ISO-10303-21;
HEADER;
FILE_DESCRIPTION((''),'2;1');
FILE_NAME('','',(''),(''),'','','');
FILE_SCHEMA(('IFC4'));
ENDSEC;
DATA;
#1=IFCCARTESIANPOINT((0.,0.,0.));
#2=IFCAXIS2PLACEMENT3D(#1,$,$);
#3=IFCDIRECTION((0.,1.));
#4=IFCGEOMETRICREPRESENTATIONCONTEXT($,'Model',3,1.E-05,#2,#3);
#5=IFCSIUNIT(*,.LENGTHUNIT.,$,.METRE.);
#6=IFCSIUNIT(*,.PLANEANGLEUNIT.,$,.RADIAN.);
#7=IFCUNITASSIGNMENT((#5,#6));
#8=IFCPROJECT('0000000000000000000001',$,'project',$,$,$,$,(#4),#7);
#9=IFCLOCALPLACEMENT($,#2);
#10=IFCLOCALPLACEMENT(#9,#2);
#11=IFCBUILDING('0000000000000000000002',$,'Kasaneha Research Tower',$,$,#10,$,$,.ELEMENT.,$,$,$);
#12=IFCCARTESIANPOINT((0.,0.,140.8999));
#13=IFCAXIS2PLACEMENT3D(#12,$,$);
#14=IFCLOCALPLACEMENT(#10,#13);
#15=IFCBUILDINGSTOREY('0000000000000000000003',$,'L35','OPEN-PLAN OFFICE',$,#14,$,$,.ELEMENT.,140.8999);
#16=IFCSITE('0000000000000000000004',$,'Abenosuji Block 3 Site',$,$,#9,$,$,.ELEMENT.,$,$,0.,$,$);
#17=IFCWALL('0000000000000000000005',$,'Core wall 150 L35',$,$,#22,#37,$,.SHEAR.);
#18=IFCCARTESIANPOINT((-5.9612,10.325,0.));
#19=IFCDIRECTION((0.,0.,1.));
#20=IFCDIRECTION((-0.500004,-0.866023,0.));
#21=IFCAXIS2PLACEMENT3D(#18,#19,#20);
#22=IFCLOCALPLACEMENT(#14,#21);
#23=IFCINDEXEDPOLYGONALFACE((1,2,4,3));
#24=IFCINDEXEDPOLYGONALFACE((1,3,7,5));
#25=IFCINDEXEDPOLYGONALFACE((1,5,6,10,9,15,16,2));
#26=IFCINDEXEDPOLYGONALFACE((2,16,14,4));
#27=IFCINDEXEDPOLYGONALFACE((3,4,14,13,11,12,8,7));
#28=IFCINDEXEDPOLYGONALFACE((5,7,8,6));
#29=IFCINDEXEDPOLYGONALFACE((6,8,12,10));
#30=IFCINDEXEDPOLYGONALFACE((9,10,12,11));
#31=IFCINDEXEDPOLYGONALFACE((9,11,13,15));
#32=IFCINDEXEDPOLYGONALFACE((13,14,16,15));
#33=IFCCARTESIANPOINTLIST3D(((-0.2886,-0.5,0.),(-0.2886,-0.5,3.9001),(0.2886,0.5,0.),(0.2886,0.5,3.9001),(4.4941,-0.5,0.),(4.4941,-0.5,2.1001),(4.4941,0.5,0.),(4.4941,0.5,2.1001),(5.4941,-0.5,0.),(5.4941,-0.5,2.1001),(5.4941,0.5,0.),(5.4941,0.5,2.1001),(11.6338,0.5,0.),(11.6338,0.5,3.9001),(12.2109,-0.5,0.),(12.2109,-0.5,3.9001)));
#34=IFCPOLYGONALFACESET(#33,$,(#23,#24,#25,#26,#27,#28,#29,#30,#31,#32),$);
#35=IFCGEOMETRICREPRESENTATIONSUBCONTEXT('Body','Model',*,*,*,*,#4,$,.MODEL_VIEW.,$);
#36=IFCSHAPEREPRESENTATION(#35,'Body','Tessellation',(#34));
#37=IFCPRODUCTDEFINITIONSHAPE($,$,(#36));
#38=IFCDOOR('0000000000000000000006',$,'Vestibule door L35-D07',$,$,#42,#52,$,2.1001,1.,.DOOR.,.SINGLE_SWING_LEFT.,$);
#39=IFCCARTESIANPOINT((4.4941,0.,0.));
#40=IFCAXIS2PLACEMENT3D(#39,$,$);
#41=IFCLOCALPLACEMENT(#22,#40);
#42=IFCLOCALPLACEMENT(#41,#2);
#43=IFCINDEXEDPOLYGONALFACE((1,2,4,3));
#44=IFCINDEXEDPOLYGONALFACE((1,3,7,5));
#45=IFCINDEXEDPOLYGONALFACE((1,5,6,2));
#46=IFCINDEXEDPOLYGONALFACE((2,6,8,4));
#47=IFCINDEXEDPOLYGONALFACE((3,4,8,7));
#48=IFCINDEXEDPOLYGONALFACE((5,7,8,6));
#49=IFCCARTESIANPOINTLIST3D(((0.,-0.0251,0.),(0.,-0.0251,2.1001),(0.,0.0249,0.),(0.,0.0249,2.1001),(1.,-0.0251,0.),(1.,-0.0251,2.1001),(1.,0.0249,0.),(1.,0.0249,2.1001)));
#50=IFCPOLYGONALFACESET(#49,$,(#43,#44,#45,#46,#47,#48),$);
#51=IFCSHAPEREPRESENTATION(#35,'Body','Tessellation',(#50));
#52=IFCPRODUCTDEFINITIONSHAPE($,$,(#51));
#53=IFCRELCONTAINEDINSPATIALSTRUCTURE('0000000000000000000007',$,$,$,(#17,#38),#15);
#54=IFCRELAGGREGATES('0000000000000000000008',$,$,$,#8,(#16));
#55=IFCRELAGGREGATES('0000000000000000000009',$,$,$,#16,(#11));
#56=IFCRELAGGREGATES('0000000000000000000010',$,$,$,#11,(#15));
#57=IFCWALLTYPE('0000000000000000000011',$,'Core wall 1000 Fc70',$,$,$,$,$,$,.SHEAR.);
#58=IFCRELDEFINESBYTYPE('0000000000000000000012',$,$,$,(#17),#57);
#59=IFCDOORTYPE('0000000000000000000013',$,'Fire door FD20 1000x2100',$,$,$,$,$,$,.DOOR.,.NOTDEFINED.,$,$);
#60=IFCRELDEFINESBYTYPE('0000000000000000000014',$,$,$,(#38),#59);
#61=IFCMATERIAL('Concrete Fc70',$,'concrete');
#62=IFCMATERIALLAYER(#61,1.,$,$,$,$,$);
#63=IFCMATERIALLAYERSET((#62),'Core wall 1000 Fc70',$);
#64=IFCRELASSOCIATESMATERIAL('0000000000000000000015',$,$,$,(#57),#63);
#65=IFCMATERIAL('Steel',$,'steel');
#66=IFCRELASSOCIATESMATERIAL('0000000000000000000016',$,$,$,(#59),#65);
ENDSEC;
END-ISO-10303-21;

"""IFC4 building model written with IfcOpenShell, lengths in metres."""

from ifc_helpers import new_model, si_unit, direction, frame, frame_2d, origin, place, context, subcontext, project, spatial, polyline, rectangle, outline, extrude, material, layer, layer_set, type_object, element, fill, save


model = new_model("IFC4")

# Units and contexts
model_context = context("Model", 3, precision=1e-05, world=origin(), true_north=direction((0.0, 1.0)))
body_context = subcontext(model_context, "Body", "Model", "MODEL_VIEW")
ifc_project = project(units=[si_unit("LENGTHUNIT", "METRE"), si_unit("PLANEANGLEUNIT", "RADIAN")], contexts=[model_context])

# Site, building, storey
site_placement = place(None, origin())
site = spatial("IfcSite", under=ifc_project, at=site_placement, Name="Abenosuji Block 3 Site", CompositionType="ELEMENT", RefElevation=0.0)
building_placement = place(site_placement, origin())
building = spatial("IfcBuilding", under=site, at=building_placement, Name="Kasaneha Research Tower", CompositionType="ELEMENT")
storey_placement = place(building_placement, frame((0.0, 0.0, 140.8999)))
storey = spatial("IfcBuildingStorey", under=building, at=storey_placement, Name="L35", Description="OPEN-PLAN OFFICE", CompositionType="ELEMENT", Elevation=140.8999)

# Wall, opening, door
ifc_material_1 = material(Name="Concrete Fc70", Category="concrete")
ifc_layer_1 = layer(ifc_material_1, 1.0)
ifc_layer_set_1 = layer_set([ifc_layer_1], Name="Core wall 1000 Fc70")
wall_type_1 = type_object("IfcWallType", Name="Core wall 1000 Fc70", PredefinedType="SHEAR", material=ifc_layer_set_1)
wall_1_placement = place(storey_placement, frame((-5.9612, 10.325, 0.0), z_axis=(0.0, 0.0, 1.0), x_axis=(-0.500004, -0.866023, 0.0)))
wall_1 = element("IfcWall", 1, at=wall_1_placement, inside=storey, type_object=wall_type_1, Name="Core wall 150 L35", PredefinedType="SHEAR", context=body_context, shape_type="SweptSolid", body=[
    extrude(outline(polyline([(-0.2886, -0.5), (4.4941, -0.5), (5.4941, -0.5), (12.2109, -0.5), (11.6338, 0.5), (5.4941, 0.5), (4.4941, 0.5), (0.2886, 0.5), (-0.2886, -0.5)])), origin(), (0.0, 0.0, 1.0), 3.9001),
])
opening_1_placement = place(wall_1_placement, frame((4.4941, 0.0, 0.0)))
opening_1 = element("IfcOpeningElement", 2, at=opening_1_placement, cuts=wall_1, PredefinedType="OPENING", context=body_context, shape_type="SweptSolid", body=[
    extrude(rectangle(XDim=1.0, YDim=2.1001, at=frame_2d((0.5, 1.05))), frame((0.0, 0.51, 0.0), z_axis=(0.0, -1.0, 0.0), x_axis=(1.0, 0.0, 0.0)), (0.0, 0.0, 1.0), 1.02),
])
ifc_material_2 = material(Name="Steel", Category="steel")
door_type_1 = type_object("IfcDoorType", Name="Fire door FD20 1000x2100", OperationType="NOTDEFINED", PredefinedType="DOOR", material=ifc_material_2)
door_1_placement = place(opening_1_placement, origin())
door_1 = element("IfcDoor", 3, at=door_1_placement, inside=storey, type_object=door_type_1, Name="Vestibule door L35-D07", OperationType="SINGLE_SWING_LEFT", OverallHeight=2.1001, OverallWidth=1.0, PredefinedType="DOOR", context=body_context, shape_type="SweptSolid", body=[
    extrude(rectangle(XDim=1.0, YDim=2.1001, at=frame_2d((0.5, 1.05))), frame((0.0, 0.0249, 0.0), z_axis=(0.0, -1.0, 0.0), x_axis=(1.0, 0.0, 0.0)), (0.0, 0.0, 1.0), 0.05),
])
fill(opening_1, door_1)

save(model, "model.ifc")
